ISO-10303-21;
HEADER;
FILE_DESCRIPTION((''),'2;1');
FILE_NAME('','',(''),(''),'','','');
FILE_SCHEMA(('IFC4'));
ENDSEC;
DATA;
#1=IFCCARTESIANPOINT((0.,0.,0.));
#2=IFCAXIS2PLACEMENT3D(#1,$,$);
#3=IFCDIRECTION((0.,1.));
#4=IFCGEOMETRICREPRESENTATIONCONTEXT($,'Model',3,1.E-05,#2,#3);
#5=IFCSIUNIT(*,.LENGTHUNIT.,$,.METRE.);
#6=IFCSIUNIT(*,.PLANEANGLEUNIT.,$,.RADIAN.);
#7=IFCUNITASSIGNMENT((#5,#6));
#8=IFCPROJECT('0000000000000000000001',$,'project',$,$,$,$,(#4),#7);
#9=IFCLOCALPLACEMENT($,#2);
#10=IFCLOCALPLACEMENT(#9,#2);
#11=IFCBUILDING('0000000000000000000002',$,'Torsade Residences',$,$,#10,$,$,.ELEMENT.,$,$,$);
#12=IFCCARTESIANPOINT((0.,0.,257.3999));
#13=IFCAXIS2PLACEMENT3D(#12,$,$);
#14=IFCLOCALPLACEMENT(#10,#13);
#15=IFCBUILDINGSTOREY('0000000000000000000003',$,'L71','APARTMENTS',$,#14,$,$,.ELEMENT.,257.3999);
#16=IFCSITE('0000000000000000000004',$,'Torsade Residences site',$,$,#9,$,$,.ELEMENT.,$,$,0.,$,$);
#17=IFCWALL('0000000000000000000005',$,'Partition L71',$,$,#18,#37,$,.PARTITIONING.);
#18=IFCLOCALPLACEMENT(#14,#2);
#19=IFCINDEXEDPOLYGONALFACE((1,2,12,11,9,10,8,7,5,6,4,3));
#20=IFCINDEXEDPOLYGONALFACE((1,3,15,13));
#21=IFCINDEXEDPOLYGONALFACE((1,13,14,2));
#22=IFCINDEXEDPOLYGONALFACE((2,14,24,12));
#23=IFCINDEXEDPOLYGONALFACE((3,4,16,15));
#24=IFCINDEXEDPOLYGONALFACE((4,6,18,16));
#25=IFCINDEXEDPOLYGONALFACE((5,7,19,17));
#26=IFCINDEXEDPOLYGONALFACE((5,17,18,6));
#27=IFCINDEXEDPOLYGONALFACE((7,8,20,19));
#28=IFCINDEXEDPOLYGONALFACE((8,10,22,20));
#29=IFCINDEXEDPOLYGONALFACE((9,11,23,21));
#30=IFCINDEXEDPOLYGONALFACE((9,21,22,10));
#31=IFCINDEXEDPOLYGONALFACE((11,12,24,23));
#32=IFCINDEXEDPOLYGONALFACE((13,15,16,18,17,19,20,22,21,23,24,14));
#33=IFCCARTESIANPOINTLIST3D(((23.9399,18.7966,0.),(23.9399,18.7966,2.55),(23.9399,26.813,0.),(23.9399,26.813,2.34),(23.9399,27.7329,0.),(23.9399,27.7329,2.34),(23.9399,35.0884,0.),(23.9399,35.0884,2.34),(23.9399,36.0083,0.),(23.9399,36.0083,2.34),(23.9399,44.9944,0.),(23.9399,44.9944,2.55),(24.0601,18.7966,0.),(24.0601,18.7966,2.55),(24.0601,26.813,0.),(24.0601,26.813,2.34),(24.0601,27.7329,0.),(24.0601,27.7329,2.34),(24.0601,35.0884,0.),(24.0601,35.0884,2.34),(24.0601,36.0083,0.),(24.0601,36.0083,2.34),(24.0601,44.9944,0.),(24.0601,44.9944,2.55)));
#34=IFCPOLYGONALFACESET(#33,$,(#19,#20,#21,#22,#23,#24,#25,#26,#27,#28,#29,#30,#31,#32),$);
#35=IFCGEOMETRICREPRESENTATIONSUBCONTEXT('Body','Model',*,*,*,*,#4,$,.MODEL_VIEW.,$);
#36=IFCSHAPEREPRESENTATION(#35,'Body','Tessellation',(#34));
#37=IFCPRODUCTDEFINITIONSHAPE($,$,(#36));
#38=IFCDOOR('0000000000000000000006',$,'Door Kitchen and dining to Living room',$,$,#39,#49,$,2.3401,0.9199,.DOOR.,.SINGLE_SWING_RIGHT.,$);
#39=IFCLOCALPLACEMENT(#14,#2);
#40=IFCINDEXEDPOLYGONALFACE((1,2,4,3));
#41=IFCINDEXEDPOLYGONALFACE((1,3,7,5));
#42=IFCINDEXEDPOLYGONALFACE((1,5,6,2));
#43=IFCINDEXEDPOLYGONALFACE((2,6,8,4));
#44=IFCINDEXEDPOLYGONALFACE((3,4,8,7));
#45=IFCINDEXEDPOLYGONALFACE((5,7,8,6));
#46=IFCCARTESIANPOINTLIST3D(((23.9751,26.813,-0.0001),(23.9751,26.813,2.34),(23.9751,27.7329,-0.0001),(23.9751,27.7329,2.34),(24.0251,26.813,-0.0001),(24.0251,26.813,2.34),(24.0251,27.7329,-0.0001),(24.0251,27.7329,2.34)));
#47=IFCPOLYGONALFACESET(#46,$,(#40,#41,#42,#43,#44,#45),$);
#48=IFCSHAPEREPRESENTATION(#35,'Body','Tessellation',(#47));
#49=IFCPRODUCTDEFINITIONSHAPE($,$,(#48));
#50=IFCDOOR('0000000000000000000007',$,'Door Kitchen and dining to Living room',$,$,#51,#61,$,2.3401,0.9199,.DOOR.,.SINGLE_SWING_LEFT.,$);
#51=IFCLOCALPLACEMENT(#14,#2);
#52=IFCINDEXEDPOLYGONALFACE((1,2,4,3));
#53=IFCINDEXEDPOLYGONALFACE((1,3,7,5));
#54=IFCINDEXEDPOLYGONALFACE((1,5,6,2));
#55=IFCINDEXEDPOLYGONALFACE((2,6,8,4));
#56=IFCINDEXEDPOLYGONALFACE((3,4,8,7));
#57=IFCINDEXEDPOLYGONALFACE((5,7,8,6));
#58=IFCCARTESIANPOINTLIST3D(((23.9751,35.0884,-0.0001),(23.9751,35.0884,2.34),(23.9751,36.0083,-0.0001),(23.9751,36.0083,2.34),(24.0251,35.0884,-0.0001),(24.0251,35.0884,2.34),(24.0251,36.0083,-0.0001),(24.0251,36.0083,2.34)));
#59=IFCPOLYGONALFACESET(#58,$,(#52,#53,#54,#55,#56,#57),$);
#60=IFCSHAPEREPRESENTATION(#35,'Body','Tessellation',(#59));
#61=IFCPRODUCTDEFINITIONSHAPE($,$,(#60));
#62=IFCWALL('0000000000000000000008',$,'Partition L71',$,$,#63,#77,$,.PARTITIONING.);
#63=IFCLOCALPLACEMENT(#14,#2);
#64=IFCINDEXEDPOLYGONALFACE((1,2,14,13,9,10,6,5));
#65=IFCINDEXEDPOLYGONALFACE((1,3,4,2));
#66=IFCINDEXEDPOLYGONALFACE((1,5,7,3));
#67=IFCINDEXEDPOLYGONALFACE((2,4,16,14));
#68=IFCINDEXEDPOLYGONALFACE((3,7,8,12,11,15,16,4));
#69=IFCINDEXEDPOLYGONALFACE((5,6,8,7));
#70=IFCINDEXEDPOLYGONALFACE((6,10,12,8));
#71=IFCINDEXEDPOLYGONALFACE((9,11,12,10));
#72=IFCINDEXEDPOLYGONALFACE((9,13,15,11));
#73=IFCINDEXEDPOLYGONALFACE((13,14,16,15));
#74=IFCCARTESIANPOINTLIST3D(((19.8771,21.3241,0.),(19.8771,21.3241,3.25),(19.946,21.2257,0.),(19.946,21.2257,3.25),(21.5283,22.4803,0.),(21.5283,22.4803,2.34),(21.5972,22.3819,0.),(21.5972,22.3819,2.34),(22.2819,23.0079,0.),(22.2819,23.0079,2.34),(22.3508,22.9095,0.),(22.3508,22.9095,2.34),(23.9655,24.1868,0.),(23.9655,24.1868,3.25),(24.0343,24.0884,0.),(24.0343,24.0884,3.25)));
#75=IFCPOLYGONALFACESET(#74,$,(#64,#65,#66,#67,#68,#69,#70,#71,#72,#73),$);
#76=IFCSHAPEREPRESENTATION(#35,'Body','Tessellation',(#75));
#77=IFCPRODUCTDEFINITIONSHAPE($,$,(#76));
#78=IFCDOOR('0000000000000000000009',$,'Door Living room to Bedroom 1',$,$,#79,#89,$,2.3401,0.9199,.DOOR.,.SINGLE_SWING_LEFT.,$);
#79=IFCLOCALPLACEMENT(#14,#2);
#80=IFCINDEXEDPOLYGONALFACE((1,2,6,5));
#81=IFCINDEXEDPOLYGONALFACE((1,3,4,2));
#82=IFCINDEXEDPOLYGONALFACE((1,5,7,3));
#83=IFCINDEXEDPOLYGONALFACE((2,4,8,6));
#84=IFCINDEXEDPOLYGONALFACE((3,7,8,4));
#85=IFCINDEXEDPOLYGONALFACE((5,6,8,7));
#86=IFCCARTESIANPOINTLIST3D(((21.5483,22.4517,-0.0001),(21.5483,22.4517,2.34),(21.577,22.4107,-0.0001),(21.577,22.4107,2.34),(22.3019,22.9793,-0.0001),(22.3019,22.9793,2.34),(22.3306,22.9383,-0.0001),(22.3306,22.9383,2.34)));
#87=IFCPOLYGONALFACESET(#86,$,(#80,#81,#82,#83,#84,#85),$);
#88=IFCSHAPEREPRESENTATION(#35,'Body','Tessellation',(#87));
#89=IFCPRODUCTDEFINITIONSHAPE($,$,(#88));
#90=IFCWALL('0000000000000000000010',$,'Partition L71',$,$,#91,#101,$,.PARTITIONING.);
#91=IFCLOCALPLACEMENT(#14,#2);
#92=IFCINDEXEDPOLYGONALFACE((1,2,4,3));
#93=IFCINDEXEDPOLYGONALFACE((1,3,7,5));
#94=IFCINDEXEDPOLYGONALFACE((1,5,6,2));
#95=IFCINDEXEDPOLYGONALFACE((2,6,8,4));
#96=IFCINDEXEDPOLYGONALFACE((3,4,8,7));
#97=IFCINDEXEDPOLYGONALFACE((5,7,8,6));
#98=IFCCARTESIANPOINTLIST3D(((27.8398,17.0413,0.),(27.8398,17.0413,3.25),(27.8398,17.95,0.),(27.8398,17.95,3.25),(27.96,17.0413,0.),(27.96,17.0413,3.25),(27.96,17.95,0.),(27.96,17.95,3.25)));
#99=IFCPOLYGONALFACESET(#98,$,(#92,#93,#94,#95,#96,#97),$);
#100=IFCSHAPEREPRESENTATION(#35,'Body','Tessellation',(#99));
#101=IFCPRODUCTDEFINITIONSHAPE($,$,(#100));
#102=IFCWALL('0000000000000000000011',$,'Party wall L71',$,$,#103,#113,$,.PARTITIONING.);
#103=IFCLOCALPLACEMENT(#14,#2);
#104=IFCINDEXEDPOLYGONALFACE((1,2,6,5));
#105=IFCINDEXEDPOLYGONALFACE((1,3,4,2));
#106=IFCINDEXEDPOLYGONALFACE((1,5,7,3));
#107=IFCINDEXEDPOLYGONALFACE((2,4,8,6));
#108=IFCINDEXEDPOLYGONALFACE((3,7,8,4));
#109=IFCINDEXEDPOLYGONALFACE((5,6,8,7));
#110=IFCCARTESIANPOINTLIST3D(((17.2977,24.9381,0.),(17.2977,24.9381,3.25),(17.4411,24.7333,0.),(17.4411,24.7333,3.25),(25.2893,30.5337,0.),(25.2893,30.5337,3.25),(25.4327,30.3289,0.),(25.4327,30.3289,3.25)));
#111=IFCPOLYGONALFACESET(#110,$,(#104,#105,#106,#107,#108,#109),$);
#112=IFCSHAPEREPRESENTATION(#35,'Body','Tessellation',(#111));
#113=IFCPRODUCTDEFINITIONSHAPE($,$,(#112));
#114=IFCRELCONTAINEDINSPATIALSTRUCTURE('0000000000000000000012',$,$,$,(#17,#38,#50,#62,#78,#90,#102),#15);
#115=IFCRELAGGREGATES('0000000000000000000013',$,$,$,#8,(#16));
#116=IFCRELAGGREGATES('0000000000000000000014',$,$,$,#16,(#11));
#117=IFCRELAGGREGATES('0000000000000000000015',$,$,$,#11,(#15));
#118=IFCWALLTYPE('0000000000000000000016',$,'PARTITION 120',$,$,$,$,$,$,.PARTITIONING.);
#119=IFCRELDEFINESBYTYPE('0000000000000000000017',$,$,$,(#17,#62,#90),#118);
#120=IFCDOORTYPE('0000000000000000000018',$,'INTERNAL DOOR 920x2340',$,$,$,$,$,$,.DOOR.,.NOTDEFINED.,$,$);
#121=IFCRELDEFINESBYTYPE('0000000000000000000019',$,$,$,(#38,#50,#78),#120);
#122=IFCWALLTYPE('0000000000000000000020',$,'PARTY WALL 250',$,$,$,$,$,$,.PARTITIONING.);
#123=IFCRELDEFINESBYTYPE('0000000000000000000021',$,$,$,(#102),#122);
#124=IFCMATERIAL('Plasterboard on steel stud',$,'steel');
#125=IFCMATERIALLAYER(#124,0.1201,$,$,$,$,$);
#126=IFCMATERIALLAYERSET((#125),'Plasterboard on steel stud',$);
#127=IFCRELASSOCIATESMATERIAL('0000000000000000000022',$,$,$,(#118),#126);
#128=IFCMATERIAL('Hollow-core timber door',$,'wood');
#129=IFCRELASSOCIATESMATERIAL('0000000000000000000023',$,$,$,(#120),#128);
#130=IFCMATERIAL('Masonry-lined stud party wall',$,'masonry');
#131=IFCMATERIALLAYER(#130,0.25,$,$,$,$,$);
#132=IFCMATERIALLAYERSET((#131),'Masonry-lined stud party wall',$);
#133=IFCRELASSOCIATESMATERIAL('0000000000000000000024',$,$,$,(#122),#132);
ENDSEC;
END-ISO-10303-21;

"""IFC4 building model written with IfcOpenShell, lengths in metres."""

from ifc_helpers import new_model, si_unit, direction, frame, frame_2d, origin, place, context, subcontext, project, spatial, rectangle, extrude, material, layer, layer_set, type_object, element, fill, save


model = new_model("IFC4")

# Units and contexts
model_context = context("Model", 3, precision=1e-05, world=origin(), true_north=direction((0.0, 1.0)))
body_context = subcontext(model_context, "Body", "Model", "MODEL_VIEW")
ifc_project = project(units=[si_unit("LENGTHUNIT", "METRE"), si_unit("PLANEANGLEUNIT", "RADIAN")], contexts=[model_context])

# Site, building, storey
site_placement = place(None, origin())
site = spatial("IfcSite", under=ifc_project, at=site_placement, Name="Torsade Residences site", CompositionType="ELEMENT", RefElevation=0.0)
building_placement = place(site_placement, origin())
building = spatial("IfcBuilding", under=site, at=building_placement, Name="Torsade Residences", CompositionType="ELEMENT")
storey_placement = place(building_placement, frame((0.0, 0.0, 257.3999)))
storey = spatial("IfcBuildingStorey", under=building, at=storey_placement, Name="L71", Description="APARTMENTS", CompositionType="ELEMENT", Elevation=257.3999)

# Wall, openings, doors
ifc_material_1 = material(Name="Plasterboard on steel stud", Category="steel")
ifc_layer_1 = layer(ifc_material_1, 0.1201)
ifc_layer_set_1 = layer_set([ifc_layer_1], Name="Plasterboard on steel stud")
wall_type_1 = type_object("IfcWallType", Name="PARTITION 120", PredefinedType="PARTITIONING", material=ifc_layer_set_1)
wall_1_placement = place(storey_placement, frame((24.0, 18.7966, 0.0), z_axis=(0.0, 0.0, 1.0), x_axis=(0.0, 1.0, 0.0)))
wall_1 = element("IfcWall", 1, at=wall_1_placement, inside=storey, type_object=wall_type_1, Name="Partition L71", PredefinedType="PARTITIONING", context=body_context, shape_type="SweptSolid", body=[
    extrude(rectangle(XDim=26.1978, YDim=0.1201, at=frame_2d((13.0989, 0.0))), origin(), (0.0, 0.0, 1.0), 2.55),
])
opening_1_placement = place(wall_1_placement, frame((8.0164, 0.0, 0.0)))
opening_1 = element("IfcOpeningElement", 2, at=opening_1_placement, cuts=wall_1, PredefinedType="OPENING", context=body_context, shape_type="SweptSolid", body=[
    extrude(rectangle(XDim=0.9199, YDim=2.3401, at=frame_2d((0.46, 1.1699))), frame((0.0, 0.0701, 0.0), z_axis=(0.0, -1.0, 0.0), x_axis=(1.0, 0.0, 0.0)), (0.0, 0.0, 1.0), 0.1401),
])
opening_2_placement = place(wall_1_placement, frame((16.2917, 0.0, 0.0)))
opening_2 = element("IfcOpeningElement", 3, at=opening_2_placement, cuts=wall_1, PredefinedType="OPENING", context=body_context, shape_type="SweptSolid", body=[
    extrude(rectangle(XDim=0.9199, YDim=2.3401, at=frame_2d((0.46, 1.1699))), frame((0.0, 0.0701, 0.0), z_axis=(0.0, -1.0, 0.0), x_axis=(1.0, 0.0, 0.0)), (0.0, 0.0, 1.0), 0.1401),
])
ifc_material_2 = material(Name="Hollow-core timber door", Category="wood")
door_type_1 = type_object("IfcDoorType", Name="INTERNAL DOOR 920x2340", OperationType="NOTDEFINED", PredefinedType="DOOR", material=ifc_material_2)
door_1_placement = place(opening_1_placement, origin())
door_1 = element("IfcDoor", 4, at=door_1_placement, inside=storey, type_object=door_type_1, Name="Door Kitchen and dining to Living room", OperationType="SINGLE_SWING_RIGHT", OverallHeight=2.3401, OverallWidth=0.9199, PredefinedType="DOOR", context=body_context, shape_type="SweptSolid", body=[
    extrude(rectangle(XDim=0.9199, YDim=2.3401, at=frame_2d((0.46, 1.1699))), frame((0.0, 0.0249, 0.0), z_axis=(0.0, -1.0, 0.0), x_axis=(1.0, 0.0, 0.0)), (0.0, 0.0, 1.0), 0.05),
])
fill(opening_1, door_1)
door_2_placement = place(opening_2_placement, origin())
door_2 = element("IfcDoor", 5, at=door_2_placement, inside=storey, type_object=door_type_1, Name="Door Kitchen and dining to Living room", OperationType="SINGLE_SWING_LEFT", OverallHeight=2.3401, OverallWidth=0.9199, PredefinedType="DOOR", context=body_context, shape_type="SweptSolid", body=[
    extrude(rectangle(XDim=0.9199, YDim=2.3401, at=frame_2d((0.46, 1.1699))), frame((0.0, 0.0249, 0.0), z_axis=(0.0, -1.0, 0.0), x_axis=(1.0, 0.0, 0.0)), (0.0, 0.0, 1.0), 0.05),
])
fill(opening_2, door_2)

# Wall, opening, door
wall_2_placement = place(storey_placement, frame((24.0, 24.1377, 0.0), z_axis=(0.0, 0.0, 1.0), x_axis=(-0.819145, -0.573587, 0.0)))
wall_2 = element("IfcWall", 6, at=wall_2_placement, inside=storey, type_object=wall_type_1, Name="Partition L71", PredefinedType="PARTITIONING", context=body_context, shape_type="SweptSolid", body=[
    extrude(rectangle(XDim=4.991, YDim=0.1201, at=frame_2d((2.4956, 0.0))), origin(), (0.0, 0.0, 1.0), 3.25),
])
opening_3_placement = place(wall_2_placement, frame((2.0554, 0.0, 0.0)))
opening_3 = element("IfcOpeningElement", 7, at=opening_3_placement, cuts=wall_2, PredefinedType="OPENING", context=body_context, shape_type="SweptSolid", body=[
    extrude(rectangle(XDim=0.9199, YDim=2.3401, at=frame_2d((0.46, 1.1699))), frame((0.0, 0.0701, 0.0), z_axis=(0.0, -1.0, 0.0), x_axis=(1.0, 0.0, 0.0)), (0.0, 0.0, 1.0), 0.1401),
])
door_3_placement = place(opening_3_placement, origin())
door_3 = element("IfcDoor", 8, at=door_3_placement, inside=storey, type_object=door_type_1, Name="Door Living room to Bedroom 1", OperationType="SINGLE_SWING_LEFT", OverallHeight=2.3401, OverallWidth=0.9199, PredefinedType="DOOR", context=body_context, shape_type="SweptSolid", body=[
    extrude(rectangle(XDim=0.9199, YDim=2.3401, at=frame_2d((0.46, 1.1699))), frame((0.0, 0.0249, 0.0), z_axis=(0.0, -1.0, 0.0), x_axis=(1.0, 0.0, 0.0)), (0.0, 0.0, 1.0), 0.05),
])
fill(opening_3, door_3)

# Walls
wall_3_placement = place(storey_placement, frame((27.8999, 17.95, 0.0), z_axis=(0.0, 0.0, 1.0), x_axis=(0.0, -1.0, 0.0)))
element("IfcWall", 9, at=wall_3_placement, inside=storey, type_object=wall_type_1, Name="Partition L71", PredefinedType="PARTITIONING", context=body_context, shape_type="SweptSolid", body=[
    extrude(rectangle(XDim=0.9087, YDim=0.1201, at=frame_2d((0.4543, 0.0))), origin(), (0.0, 0.0, 1.0), 3.25),
])
ifc_material_3 = material(Name="Masonry-lined stud party wall", Category="masonry")
ifc_layer_2 = layer(ifc_material_3, 0.25)
ifc_layer_set_2 = layer_set([ifc_layer_2], Name="Masonry-lined stud party wall")
wall_type_2 = type_object("IfcWallType", Name="PARTY WALL 250", PredefinedType="PARTITIONING", material=ifc_layer_set_2)
wall_4_placement = place(storey_placement, frame((17.3694, 24.8357, 0.0), z_axis=(0.0, 0.0, 1.0), x_axis=(0.819159, 0.573566, 0.0)))
element("IfcWall", 10, at=wall_4_placement, inside=storey, type_object=wall_type_2, Name="Party wall L71", PredefinedType="PARTITIONING", context=body_context, shape_type="SweptSolid", body=[
    extrude(rectangle(XDim=9.7559, YDim=0.25, at=frame_2d((4.8779, 0.0))), origin(), (0.0, 0.0, 1.0), 3.25),
])

save(model, "model.ifc")
